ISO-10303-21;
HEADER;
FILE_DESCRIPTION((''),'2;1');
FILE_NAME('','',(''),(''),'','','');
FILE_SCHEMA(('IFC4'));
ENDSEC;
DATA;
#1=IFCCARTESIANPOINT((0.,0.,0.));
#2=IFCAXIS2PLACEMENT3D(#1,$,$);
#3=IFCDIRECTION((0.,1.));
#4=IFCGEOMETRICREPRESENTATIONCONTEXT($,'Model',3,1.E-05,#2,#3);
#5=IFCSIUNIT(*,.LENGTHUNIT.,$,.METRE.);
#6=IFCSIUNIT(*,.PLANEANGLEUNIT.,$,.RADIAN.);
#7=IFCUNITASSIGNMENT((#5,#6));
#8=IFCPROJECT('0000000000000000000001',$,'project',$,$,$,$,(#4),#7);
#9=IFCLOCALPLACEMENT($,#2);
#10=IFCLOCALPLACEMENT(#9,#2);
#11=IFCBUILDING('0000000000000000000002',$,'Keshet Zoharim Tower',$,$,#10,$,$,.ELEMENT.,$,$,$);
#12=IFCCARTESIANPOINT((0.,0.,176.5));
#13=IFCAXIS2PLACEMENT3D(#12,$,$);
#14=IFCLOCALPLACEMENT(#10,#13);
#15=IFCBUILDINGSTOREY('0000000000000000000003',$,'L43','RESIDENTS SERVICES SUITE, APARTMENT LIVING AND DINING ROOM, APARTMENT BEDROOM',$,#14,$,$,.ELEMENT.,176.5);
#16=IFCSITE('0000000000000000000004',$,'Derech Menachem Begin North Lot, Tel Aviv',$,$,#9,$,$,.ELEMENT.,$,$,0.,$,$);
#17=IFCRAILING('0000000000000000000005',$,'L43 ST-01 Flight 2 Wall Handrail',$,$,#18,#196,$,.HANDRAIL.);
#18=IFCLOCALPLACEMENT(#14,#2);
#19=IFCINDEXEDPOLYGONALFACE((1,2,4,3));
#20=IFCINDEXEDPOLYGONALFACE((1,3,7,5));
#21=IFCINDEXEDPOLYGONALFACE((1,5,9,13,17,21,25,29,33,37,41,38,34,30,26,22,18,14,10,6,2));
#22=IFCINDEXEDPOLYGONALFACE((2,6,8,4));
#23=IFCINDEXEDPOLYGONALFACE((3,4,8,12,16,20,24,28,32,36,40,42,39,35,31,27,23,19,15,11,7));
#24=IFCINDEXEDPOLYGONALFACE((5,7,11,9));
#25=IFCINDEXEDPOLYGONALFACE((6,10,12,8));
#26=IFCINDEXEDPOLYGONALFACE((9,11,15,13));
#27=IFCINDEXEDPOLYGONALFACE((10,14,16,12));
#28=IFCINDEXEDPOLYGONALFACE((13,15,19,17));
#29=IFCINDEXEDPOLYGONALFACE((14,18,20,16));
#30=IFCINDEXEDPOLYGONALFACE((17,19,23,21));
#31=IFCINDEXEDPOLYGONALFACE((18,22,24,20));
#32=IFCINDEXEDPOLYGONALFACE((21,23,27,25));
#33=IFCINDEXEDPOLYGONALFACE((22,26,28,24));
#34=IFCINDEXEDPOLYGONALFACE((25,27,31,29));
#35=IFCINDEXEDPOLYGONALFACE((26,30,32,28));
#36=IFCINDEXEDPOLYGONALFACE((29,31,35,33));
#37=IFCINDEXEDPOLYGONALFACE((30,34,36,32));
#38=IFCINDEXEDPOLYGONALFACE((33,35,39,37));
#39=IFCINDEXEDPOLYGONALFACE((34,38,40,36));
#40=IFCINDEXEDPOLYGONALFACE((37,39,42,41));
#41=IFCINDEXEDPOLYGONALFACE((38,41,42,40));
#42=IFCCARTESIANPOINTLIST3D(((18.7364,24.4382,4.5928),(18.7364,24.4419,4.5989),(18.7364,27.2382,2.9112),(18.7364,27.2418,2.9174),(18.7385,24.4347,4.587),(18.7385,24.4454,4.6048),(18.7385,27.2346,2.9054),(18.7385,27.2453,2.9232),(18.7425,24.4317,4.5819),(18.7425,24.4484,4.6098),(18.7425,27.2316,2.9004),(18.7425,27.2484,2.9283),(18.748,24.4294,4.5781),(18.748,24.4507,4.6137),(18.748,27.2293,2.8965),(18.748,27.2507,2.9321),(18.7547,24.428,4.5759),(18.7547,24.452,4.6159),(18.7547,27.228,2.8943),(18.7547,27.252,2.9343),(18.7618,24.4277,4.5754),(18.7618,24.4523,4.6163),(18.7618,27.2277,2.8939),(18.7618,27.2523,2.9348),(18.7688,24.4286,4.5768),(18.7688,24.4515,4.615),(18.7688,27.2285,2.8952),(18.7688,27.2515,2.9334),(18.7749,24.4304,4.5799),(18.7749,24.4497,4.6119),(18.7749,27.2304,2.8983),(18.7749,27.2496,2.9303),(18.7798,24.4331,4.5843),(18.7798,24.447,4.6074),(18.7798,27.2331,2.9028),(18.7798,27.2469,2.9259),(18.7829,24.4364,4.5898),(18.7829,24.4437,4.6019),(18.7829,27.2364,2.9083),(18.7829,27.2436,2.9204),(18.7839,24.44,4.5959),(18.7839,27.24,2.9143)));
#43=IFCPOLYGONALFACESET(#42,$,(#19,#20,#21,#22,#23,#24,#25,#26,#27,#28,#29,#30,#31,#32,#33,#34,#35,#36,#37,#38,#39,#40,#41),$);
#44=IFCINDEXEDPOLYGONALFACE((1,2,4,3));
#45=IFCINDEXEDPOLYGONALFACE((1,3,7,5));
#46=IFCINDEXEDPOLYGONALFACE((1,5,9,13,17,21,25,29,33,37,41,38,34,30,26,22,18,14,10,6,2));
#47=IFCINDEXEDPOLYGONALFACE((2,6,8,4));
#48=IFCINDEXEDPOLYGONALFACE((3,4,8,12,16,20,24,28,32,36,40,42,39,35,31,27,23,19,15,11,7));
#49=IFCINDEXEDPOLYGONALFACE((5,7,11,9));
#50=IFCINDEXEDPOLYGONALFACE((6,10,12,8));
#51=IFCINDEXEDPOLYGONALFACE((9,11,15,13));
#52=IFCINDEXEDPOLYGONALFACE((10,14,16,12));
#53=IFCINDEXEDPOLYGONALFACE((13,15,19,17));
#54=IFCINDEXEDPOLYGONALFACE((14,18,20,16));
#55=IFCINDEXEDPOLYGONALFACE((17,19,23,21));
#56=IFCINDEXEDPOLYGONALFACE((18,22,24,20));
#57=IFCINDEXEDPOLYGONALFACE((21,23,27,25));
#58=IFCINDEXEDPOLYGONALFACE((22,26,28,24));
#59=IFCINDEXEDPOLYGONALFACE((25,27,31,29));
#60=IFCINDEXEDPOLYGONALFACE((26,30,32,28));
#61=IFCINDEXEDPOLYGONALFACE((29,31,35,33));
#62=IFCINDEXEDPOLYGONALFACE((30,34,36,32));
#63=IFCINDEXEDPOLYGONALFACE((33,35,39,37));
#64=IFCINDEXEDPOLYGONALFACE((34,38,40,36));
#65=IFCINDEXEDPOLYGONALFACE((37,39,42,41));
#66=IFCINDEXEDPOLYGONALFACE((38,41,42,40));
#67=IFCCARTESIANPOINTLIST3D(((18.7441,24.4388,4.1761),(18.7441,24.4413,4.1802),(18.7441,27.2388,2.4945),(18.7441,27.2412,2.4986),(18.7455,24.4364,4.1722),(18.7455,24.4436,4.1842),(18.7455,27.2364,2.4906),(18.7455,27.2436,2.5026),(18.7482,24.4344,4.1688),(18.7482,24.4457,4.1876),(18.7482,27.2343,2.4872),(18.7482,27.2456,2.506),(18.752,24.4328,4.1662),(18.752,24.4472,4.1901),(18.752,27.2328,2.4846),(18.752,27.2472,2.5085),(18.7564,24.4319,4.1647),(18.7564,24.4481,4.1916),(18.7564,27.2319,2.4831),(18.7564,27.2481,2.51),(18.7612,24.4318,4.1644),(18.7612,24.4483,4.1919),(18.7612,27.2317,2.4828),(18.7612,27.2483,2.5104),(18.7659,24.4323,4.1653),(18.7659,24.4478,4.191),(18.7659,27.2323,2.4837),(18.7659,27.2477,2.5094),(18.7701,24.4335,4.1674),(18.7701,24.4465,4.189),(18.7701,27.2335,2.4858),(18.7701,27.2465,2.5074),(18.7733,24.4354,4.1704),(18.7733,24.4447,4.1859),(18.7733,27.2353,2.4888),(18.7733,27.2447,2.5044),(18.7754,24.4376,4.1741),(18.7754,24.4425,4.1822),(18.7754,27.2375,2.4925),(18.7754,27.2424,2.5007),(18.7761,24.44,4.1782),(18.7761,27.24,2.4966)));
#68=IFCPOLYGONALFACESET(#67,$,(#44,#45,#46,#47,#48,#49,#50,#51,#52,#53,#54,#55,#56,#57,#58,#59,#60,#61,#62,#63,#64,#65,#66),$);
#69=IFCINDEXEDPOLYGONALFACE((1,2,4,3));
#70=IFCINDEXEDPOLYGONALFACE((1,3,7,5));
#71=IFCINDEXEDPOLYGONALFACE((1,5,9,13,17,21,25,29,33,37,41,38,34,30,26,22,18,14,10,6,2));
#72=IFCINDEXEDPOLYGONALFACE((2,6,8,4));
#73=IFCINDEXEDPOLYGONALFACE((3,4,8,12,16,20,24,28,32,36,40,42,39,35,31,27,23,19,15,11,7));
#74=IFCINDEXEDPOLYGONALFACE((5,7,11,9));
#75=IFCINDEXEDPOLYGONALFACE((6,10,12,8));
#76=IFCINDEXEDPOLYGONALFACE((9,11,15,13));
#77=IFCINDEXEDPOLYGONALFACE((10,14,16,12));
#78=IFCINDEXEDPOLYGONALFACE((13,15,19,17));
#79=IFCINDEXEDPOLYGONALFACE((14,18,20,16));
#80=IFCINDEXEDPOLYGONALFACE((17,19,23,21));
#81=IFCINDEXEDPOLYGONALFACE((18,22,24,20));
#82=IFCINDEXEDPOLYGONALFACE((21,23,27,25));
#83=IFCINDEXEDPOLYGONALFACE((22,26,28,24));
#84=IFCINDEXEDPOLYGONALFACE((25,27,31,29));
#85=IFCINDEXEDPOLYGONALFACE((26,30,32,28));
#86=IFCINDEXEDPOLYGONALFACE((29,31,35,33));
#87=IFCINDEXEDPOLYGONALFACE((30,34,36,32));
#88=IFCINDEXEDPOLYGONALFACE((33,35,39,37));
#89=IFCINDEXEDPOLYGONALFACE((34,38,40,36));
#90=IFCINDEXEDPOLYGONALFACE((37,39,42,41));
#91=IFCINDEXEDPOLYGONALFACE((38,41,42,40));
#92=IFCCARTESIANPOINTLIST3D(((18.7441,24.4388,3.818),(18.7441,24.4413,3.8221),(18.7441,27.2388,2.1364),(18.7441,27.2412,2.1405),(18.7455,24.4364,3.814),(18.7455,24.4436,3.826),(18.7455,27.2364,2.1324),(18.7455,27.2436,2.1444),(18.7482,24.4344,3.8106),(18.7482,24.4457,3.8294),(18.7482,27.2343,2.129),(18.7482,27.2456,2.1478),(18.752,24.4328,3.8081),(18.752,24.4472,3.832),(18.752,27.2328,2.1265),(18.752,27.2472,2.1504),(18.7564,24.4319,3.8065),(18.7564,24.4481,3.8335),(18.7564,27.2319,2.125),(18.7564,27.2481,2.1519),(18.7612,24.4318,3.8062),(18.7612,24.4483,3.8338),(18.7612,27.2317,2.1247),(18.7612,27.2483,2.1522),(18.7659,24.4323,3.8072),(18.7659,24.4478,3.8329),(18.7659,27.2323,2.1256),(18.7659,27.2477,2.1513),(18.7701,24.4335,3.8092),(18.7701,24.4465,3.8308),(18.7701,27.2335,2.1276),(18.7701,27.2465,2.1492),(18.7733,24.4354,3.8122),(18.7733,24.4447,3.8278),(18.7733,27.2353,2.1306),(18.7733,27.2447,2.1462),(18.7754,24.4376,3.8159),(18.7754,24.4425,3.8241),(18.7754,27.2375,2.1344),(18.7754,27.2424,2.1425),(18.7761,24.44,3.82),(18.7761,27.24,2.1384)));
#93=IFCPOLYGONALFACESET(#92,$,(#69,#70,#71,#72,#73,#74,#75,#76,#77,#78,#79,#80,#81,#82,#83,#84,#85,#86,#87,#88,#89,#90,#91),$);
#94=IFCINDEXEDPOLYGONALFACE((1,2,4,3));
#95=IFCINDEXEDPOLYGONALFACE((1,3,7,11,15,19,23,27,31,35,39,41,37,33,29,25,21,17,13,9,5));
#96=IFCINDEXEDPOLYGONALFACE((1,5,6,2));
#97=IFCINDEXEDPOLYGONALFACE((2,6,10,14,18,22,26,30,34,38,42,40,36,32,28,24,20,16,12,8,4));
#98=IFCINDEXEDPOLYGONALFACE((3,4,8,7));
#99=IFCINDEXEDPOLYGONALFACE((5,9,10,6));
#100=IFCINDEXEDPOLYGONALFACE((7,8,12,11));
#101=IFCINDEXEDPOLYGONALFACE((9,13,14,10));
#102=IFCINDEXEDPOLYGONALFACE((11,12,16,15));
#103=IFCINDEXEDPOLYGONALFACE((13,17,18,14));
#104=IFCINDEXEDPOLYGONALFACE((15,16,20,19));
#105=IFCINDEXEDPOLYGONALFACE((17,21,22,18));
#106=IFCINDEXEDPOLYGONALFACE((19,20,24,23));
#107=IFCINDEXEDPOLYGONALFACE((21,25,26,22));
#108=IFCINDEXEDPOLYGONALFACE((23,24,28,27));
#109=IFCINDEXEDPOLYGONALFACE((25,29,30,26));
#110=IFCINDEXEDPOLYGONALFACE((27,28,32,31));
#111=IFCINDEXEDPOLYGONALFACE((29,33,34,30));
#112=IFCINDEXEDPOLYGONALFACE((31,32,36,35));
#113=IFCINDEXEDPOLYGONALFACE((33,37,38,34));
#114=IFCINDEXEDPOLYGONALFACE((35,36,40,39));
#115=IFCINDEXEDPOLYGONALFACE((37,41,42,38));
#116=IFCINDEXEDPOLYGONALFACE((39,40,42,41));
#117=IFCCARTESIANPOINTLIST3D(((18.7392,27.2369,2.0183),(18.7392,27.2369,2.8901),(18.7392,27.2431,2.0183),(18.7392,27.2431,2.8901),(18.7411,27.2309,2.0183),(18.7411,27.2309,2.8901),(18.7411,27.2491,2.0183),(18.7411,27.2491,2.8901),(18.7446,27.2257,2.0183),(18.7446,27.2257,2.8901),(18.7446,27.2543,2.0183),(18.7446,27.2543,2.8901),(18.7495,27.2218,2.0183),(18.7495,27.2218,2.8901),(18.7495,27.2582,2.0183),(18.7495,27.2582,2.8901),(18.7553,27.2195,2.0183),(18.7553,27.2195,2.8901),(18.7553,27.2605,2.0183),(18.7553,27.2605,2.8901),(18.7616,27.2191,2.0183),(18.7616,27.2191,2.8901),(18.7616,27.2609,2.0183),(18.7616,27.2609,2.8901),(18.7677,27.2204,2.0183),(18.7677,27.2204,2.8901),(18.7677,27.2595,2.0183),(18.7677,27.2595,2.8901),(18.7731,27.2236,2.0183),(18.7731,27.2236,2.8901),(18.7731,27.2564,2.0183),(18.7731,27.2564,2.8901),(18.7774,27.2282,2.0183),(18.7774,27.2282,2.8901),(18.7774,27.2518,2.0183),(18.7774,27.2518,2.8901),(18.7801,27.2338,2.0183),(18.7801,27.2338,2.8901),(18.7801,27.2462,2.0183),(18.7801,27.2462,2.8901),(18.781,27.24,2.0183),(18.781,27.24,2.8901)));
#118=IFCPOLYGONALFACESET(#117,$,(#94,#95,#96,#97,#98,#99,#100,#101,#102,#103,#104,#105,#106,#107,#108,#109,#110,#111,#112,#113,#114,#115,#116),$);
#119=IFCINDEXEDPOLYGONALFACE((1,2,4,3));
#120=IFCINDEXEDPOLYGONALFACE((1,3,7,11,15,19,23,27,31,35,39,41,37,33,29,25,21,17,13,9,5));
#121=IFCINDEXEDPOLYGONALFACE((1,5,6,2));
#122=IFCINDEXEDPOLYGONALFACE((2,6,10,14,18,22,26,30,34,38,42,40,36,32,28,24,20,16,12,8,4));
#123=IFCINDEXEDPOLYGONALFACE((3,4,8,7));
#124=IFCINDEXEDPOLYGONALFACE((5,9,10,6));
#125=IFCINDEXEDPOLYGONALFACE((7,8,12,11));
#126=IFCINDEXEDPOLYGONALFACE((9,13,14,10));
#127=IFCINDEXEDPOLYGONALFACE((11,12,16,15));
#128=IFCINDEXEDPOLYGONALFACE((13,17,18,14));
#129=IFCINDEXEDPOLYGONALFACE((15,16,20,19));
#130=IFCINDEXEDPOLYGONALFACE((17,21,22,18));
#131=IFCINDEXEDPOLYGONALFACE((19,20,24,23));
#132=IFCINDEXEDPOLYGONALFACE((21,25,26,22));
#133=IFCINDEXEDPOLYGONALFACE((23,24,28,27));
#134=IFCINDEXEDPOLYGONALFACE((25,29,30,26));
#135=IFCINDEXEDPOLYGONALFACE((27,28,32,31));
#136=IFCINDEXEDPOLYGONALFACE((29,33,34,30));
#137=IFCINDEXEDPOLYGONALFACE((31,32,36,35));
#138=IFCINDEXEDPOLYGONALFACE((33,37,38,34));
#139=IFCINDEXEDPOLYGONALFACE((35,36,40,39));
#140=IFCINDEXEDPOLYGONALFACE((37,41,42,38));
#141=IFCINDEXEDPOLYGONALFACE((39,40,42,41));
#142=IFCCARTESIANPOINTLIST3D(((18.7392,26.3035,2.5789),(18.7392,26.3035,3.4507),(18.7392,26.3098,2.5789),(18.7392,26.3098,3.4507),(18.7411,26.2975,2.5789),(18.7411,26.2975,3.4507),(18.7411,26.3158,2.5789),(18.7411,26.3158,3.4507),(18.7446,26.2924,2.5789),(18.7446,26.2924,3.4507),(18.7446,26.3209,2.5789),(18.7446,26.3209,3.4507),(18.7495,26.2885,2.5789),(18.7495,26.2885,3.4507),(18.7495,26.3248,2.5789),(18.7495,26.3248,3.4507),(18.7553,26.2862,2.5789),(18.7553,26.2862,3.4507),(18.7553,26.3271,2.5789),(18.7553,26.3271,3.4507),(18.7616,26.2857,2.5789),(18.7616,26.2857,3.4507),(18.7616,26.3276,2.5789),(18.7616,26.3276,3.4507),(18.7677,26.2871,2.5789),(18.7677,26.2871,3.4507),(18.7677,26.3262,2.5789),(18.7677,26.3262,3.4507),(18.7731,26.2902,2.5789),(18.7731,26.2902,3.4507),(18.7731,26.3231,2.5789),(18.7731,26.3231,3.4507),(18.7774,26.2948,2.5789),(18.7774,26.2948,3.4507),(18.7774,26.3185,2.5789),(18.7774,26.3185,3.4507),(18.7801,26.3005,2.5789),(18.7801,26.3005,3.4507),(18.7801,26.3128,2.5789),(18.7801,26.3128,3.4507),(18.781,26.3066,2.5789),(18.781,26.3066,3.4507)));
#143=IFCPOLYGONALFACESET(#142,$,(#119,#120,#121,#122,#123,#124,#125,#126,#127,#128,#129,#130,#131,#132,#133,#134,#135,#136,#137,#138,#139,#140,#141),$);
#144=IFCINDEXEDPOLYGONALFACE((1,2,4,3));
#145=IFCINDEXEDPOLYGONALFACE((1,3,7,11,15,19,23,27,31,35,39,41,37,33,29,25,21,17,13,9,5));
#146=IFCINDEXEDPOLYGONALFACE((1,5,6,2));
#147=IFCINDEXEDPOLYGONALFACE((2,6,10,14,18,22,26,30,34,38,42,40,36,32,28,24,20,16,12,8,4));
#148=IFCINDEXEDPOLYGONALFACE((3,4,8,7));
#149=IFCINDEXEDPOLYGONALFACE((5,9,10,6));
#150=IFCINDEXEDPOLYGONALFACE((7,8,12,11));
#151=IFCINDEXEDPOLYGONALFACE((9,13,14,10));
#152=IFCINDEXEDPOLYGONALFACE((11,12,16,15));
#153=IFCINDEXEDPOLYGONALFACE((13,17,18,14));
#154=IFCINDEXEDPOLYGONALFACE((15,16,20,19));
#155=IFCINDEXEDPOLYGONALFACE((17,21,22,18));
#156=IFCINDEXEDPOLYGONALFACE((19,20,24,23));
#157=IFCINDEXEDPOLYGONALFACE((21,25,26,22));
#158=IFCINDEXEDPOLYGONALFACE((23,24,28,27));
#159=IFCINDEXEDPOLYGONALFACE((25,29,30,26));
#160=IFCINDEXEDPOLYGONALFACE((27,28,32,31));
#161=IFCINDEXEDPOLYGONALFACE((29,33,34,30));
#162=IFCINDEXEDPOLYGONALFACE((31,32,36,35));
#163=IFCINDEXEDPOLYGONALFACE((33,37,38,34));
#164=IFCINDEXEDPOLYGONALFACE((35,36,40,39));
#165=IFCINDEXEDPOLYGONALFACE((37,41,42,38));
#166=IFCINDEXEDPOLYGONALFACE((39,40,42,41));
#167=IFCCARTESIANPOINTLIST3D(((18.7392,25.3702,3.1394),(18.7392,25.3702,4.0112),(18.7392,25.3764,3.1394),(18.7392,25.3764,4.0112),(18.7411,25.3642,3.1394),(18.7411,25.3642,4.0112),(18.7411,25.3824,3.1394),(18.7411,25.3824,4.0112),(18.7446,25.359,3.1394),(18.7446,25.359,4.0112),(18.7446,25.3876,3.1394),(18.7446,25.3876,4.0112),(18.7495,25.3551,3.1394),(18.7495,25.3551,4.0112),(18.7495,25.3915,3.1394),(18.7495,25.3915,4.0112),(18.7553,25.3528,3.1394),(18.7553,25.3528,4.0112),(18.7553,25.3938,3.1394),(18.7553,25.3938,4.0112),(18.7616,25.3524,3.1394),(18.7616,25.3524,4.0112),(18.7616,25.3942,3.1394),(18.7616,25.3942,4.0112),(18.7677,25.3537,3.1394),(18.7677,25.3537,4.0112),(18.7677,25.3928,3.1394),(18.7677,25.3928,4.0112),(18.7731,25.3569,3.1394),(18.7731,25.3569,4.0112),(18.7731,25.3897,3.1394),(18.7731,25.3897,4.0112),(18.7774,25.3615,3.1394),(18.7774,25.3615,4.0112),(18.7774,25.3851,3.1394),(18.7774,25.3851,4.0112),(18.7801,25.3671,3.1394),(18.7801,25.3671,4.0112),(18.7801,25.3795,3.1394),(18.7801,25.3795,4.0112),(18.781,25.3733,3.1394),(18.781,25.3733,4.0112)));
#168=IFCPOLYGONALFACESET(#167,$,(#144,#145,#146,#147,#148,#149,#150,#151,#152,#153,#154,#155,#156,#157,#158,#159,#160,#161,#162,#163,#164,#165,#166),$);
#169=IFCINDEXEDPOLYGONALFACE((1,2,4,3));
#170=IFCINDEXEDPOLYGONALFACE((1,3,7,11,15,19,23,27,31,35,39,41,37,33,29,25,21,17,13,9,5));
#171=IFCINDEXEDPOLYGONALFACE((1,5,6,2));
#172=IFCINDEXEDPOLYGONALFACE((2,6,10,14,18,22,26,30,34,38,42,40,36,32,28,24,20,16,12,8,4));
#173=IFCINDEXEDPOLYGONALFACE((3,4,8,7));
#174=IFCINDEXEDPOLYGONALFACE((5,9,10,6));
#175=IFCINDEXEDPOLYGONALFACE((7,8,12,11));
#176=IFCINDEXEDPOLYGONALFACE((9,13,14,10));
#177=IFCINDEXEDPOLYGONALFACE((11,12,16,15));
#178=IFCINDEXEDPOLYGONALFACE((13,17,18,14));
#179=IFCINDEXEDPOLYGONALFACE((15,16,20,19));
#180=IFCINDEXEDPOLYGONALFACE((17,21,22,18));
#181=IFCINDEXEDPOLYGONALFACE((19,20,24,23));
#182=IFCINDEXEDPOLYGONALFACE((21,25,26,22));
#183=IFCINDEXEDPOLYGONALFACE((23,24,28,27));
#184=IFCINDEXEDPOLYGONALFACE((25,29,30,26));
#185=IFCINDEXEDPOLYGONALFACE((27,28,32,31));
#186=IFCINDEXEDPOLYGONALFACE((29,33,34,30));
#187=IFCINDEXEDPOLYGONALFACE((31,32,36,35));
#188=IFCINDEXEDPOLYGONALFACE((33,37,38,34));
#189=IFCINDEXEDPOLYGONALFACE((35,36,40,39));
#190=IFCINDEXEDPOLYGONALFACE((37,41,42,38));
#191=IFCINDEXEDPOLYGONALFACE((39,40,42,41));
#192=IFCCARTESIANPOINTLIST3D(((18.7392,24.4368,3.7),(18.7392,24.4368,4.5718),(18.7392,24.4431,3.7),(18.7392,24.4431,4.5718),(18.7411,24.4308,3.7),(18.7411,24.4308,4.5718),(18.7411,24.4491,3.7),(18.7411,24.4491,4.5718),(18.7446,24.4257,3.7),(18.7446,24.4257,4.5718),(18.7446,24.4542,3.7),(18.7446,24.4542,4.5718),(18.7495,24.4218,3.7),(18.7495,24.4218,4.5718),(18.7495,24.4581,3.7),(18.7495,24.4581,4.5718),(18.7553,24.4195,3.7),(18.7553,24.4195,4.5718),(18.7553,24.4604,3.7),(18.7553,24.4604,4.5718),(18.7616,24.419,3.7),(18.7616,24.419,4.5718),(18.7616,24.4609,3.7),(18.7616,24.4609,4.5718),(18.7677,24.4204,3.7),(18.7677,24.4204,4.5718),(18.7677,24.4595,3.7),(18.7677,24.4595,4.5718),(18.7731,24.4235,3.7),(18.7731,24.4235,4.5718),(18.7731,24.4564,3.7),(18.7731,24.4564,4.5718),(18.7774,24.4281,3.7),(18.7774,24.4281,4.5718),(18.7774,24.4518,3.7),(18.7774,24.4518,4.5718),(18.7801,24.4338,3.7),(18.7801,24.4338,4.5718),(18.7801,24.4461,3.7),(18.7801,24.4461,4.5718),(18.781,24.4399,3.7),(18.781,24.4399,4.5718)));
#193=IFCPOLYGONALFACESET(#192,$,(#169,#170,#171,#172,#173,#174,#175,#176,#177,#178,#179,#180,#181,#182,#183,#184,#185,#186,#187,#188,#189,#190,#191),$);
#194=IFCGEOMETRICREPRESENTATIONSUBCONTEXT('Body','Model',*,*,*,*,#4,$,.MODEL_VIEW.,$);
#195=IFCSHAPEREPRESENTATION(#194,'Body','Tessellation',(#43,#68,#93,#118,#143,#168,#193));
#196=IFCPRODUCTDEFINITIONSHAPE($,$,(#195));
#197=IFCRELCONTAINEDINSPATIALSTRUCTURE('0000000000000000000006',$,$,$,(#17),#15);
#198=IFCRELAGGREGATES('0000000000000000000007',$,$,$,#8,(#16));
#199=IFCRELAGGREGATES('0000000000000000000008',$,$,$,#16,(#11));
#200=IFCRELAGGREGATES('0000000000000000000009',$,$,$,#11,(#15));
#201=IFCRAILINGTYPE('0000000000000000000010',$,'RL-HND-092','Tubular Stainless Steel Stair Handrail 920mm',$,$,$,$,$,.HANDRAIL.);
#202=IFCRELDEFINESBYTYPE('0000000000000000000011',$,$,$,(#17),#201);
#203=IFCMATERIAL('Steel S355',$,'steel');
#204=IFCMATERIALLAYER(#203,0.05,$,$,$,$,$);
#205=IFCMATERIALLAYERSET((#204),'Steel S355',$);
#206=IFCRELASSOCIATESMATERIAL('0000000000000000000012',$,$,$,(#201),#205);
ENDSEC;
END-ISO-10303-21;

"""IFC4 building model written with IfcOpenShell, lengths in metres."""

from ifc_helpers import new_model, si_unit, direction, frame, origin, origin_2d, place, context, subcontext, project, spatial, circle, extrude, material, layer, layer_set, type_object, element, save


model = new_model("IFC4")

# Units and contexts
model_context = context("Model", 3, precision=1e-05, world=origin(), true_north=direction((0.0, 1.0)))
body_context = subcontext(model_context, "Body", "Model", "MODEL_VIEW")
ifc_project = project(units=[si_unit("LENGTHUNIT", "METRE"), si_unit("PLANEANGLEUNIT", "RADIAN")], contexts=[model_context])

# Site, building, storey
site_placement = place(None, origin())
site = spatial("IfcSite", under=ifc_project, at=site_placement, Name="Derech Menachem Begin North Lot, Tel Aviv", CompositionType="ELEMENT", RefElevation=0.0)
building_placement = place(site_placement, origin())
building = spatial("IfcBuilding", under=site, at=building_placement, Name="Keshet Zoharim Tower", CompositionType="ELEMENT")
storey_placement = place(building_placement, frame((0.0, 0.0, 176.5)))
storey = spatial("IfcBuildingStorey", under=building, at=storey_placement, Name="L43", Description="RESIDENTS SERVICES SUITE, APARTMENT LIVING AND DINING ROOM, APARTMENT BEDROOM", CompositionType="ELEMENT", Elevation=176.5)

# Shared definitions
ifc_material_1 = material(Name="Steel S355", Category="steel")

# Railing
ifc_layer_1 = layer(ifc_material_1, 0.05)
ifc_layer_set_1 = layer_set([ifc_layer_1], Name="Steel S355")
railing_type_1 = type_object("IfcRailingType", Name="RL-HND-092", Description="Tubular Stainless Steel Stair Handrail 920mm", PredefinedType="HANDRAIL", material=ifc_layer_set_1)
railing_1_placement = place(storey_placement, frame((18.76, 27.24, 2.0183)))
element("IfcRailing", 1, at=railing_1_placement, inside=storey, type_object=railing_type_1, Name="L43 ST-01 Flight 2 Wall Handrail", PredefinedType="HANDRAIL", context=body_context, shape_type="SweptSolid", body=[
    extrude(circle(Radius=0.0239, at=origin_2d()), frame((0.0, 0.0, 0.896), z_axis=(0.0, -0.857275, 0.514858), x_axis=(1.0, 0.0, 0.0)), (0.0, 0.0, 1.0), 3.2661),
    extrude(circle(Radius=0.0161, at=origin_2d()), frame((0.0, 0.0, 0.4783), z_axis=(0.0, -0.857275, 0.514858), x_axis=(1.0, 0.0, 0.0)), (0.0, 0.0, 1.0), 3.2661),
    extrude(circle(Radius=0.0161, at=origin_2d()), frame((0.0, 0.0, 0.1201), z_axis=(0.0, -0.857275, 0.514858), x_axis=(1.0, 0.0, 0.0)), (0.0, 0.0, 1.0), 3.2661),
    extrude(circle(Radius=0.021, at=origin_2d()), origin(), (0.0, 0.0, 1.0), 0.8718),
    extrude(circle(Radius=0.021, at=origin_2d()), frame((0.0, -0.9333, 0.5605)), (0.0, 0.0, 1.0), 0.8718),
    extrude(circle(Radius=0.021, at=origin_2d()), frame((0.0, -1.8667, 1.1211)), (0.0, 0.0, 1.0), 0.8718),
    extrude(circle(Radius=0.021, at=origin_2d()), frame((0.0, -2.8, 1.6816)), (0.0, 0.0, 1.0), 0.8718),
])

save(model, "model.ifc")
